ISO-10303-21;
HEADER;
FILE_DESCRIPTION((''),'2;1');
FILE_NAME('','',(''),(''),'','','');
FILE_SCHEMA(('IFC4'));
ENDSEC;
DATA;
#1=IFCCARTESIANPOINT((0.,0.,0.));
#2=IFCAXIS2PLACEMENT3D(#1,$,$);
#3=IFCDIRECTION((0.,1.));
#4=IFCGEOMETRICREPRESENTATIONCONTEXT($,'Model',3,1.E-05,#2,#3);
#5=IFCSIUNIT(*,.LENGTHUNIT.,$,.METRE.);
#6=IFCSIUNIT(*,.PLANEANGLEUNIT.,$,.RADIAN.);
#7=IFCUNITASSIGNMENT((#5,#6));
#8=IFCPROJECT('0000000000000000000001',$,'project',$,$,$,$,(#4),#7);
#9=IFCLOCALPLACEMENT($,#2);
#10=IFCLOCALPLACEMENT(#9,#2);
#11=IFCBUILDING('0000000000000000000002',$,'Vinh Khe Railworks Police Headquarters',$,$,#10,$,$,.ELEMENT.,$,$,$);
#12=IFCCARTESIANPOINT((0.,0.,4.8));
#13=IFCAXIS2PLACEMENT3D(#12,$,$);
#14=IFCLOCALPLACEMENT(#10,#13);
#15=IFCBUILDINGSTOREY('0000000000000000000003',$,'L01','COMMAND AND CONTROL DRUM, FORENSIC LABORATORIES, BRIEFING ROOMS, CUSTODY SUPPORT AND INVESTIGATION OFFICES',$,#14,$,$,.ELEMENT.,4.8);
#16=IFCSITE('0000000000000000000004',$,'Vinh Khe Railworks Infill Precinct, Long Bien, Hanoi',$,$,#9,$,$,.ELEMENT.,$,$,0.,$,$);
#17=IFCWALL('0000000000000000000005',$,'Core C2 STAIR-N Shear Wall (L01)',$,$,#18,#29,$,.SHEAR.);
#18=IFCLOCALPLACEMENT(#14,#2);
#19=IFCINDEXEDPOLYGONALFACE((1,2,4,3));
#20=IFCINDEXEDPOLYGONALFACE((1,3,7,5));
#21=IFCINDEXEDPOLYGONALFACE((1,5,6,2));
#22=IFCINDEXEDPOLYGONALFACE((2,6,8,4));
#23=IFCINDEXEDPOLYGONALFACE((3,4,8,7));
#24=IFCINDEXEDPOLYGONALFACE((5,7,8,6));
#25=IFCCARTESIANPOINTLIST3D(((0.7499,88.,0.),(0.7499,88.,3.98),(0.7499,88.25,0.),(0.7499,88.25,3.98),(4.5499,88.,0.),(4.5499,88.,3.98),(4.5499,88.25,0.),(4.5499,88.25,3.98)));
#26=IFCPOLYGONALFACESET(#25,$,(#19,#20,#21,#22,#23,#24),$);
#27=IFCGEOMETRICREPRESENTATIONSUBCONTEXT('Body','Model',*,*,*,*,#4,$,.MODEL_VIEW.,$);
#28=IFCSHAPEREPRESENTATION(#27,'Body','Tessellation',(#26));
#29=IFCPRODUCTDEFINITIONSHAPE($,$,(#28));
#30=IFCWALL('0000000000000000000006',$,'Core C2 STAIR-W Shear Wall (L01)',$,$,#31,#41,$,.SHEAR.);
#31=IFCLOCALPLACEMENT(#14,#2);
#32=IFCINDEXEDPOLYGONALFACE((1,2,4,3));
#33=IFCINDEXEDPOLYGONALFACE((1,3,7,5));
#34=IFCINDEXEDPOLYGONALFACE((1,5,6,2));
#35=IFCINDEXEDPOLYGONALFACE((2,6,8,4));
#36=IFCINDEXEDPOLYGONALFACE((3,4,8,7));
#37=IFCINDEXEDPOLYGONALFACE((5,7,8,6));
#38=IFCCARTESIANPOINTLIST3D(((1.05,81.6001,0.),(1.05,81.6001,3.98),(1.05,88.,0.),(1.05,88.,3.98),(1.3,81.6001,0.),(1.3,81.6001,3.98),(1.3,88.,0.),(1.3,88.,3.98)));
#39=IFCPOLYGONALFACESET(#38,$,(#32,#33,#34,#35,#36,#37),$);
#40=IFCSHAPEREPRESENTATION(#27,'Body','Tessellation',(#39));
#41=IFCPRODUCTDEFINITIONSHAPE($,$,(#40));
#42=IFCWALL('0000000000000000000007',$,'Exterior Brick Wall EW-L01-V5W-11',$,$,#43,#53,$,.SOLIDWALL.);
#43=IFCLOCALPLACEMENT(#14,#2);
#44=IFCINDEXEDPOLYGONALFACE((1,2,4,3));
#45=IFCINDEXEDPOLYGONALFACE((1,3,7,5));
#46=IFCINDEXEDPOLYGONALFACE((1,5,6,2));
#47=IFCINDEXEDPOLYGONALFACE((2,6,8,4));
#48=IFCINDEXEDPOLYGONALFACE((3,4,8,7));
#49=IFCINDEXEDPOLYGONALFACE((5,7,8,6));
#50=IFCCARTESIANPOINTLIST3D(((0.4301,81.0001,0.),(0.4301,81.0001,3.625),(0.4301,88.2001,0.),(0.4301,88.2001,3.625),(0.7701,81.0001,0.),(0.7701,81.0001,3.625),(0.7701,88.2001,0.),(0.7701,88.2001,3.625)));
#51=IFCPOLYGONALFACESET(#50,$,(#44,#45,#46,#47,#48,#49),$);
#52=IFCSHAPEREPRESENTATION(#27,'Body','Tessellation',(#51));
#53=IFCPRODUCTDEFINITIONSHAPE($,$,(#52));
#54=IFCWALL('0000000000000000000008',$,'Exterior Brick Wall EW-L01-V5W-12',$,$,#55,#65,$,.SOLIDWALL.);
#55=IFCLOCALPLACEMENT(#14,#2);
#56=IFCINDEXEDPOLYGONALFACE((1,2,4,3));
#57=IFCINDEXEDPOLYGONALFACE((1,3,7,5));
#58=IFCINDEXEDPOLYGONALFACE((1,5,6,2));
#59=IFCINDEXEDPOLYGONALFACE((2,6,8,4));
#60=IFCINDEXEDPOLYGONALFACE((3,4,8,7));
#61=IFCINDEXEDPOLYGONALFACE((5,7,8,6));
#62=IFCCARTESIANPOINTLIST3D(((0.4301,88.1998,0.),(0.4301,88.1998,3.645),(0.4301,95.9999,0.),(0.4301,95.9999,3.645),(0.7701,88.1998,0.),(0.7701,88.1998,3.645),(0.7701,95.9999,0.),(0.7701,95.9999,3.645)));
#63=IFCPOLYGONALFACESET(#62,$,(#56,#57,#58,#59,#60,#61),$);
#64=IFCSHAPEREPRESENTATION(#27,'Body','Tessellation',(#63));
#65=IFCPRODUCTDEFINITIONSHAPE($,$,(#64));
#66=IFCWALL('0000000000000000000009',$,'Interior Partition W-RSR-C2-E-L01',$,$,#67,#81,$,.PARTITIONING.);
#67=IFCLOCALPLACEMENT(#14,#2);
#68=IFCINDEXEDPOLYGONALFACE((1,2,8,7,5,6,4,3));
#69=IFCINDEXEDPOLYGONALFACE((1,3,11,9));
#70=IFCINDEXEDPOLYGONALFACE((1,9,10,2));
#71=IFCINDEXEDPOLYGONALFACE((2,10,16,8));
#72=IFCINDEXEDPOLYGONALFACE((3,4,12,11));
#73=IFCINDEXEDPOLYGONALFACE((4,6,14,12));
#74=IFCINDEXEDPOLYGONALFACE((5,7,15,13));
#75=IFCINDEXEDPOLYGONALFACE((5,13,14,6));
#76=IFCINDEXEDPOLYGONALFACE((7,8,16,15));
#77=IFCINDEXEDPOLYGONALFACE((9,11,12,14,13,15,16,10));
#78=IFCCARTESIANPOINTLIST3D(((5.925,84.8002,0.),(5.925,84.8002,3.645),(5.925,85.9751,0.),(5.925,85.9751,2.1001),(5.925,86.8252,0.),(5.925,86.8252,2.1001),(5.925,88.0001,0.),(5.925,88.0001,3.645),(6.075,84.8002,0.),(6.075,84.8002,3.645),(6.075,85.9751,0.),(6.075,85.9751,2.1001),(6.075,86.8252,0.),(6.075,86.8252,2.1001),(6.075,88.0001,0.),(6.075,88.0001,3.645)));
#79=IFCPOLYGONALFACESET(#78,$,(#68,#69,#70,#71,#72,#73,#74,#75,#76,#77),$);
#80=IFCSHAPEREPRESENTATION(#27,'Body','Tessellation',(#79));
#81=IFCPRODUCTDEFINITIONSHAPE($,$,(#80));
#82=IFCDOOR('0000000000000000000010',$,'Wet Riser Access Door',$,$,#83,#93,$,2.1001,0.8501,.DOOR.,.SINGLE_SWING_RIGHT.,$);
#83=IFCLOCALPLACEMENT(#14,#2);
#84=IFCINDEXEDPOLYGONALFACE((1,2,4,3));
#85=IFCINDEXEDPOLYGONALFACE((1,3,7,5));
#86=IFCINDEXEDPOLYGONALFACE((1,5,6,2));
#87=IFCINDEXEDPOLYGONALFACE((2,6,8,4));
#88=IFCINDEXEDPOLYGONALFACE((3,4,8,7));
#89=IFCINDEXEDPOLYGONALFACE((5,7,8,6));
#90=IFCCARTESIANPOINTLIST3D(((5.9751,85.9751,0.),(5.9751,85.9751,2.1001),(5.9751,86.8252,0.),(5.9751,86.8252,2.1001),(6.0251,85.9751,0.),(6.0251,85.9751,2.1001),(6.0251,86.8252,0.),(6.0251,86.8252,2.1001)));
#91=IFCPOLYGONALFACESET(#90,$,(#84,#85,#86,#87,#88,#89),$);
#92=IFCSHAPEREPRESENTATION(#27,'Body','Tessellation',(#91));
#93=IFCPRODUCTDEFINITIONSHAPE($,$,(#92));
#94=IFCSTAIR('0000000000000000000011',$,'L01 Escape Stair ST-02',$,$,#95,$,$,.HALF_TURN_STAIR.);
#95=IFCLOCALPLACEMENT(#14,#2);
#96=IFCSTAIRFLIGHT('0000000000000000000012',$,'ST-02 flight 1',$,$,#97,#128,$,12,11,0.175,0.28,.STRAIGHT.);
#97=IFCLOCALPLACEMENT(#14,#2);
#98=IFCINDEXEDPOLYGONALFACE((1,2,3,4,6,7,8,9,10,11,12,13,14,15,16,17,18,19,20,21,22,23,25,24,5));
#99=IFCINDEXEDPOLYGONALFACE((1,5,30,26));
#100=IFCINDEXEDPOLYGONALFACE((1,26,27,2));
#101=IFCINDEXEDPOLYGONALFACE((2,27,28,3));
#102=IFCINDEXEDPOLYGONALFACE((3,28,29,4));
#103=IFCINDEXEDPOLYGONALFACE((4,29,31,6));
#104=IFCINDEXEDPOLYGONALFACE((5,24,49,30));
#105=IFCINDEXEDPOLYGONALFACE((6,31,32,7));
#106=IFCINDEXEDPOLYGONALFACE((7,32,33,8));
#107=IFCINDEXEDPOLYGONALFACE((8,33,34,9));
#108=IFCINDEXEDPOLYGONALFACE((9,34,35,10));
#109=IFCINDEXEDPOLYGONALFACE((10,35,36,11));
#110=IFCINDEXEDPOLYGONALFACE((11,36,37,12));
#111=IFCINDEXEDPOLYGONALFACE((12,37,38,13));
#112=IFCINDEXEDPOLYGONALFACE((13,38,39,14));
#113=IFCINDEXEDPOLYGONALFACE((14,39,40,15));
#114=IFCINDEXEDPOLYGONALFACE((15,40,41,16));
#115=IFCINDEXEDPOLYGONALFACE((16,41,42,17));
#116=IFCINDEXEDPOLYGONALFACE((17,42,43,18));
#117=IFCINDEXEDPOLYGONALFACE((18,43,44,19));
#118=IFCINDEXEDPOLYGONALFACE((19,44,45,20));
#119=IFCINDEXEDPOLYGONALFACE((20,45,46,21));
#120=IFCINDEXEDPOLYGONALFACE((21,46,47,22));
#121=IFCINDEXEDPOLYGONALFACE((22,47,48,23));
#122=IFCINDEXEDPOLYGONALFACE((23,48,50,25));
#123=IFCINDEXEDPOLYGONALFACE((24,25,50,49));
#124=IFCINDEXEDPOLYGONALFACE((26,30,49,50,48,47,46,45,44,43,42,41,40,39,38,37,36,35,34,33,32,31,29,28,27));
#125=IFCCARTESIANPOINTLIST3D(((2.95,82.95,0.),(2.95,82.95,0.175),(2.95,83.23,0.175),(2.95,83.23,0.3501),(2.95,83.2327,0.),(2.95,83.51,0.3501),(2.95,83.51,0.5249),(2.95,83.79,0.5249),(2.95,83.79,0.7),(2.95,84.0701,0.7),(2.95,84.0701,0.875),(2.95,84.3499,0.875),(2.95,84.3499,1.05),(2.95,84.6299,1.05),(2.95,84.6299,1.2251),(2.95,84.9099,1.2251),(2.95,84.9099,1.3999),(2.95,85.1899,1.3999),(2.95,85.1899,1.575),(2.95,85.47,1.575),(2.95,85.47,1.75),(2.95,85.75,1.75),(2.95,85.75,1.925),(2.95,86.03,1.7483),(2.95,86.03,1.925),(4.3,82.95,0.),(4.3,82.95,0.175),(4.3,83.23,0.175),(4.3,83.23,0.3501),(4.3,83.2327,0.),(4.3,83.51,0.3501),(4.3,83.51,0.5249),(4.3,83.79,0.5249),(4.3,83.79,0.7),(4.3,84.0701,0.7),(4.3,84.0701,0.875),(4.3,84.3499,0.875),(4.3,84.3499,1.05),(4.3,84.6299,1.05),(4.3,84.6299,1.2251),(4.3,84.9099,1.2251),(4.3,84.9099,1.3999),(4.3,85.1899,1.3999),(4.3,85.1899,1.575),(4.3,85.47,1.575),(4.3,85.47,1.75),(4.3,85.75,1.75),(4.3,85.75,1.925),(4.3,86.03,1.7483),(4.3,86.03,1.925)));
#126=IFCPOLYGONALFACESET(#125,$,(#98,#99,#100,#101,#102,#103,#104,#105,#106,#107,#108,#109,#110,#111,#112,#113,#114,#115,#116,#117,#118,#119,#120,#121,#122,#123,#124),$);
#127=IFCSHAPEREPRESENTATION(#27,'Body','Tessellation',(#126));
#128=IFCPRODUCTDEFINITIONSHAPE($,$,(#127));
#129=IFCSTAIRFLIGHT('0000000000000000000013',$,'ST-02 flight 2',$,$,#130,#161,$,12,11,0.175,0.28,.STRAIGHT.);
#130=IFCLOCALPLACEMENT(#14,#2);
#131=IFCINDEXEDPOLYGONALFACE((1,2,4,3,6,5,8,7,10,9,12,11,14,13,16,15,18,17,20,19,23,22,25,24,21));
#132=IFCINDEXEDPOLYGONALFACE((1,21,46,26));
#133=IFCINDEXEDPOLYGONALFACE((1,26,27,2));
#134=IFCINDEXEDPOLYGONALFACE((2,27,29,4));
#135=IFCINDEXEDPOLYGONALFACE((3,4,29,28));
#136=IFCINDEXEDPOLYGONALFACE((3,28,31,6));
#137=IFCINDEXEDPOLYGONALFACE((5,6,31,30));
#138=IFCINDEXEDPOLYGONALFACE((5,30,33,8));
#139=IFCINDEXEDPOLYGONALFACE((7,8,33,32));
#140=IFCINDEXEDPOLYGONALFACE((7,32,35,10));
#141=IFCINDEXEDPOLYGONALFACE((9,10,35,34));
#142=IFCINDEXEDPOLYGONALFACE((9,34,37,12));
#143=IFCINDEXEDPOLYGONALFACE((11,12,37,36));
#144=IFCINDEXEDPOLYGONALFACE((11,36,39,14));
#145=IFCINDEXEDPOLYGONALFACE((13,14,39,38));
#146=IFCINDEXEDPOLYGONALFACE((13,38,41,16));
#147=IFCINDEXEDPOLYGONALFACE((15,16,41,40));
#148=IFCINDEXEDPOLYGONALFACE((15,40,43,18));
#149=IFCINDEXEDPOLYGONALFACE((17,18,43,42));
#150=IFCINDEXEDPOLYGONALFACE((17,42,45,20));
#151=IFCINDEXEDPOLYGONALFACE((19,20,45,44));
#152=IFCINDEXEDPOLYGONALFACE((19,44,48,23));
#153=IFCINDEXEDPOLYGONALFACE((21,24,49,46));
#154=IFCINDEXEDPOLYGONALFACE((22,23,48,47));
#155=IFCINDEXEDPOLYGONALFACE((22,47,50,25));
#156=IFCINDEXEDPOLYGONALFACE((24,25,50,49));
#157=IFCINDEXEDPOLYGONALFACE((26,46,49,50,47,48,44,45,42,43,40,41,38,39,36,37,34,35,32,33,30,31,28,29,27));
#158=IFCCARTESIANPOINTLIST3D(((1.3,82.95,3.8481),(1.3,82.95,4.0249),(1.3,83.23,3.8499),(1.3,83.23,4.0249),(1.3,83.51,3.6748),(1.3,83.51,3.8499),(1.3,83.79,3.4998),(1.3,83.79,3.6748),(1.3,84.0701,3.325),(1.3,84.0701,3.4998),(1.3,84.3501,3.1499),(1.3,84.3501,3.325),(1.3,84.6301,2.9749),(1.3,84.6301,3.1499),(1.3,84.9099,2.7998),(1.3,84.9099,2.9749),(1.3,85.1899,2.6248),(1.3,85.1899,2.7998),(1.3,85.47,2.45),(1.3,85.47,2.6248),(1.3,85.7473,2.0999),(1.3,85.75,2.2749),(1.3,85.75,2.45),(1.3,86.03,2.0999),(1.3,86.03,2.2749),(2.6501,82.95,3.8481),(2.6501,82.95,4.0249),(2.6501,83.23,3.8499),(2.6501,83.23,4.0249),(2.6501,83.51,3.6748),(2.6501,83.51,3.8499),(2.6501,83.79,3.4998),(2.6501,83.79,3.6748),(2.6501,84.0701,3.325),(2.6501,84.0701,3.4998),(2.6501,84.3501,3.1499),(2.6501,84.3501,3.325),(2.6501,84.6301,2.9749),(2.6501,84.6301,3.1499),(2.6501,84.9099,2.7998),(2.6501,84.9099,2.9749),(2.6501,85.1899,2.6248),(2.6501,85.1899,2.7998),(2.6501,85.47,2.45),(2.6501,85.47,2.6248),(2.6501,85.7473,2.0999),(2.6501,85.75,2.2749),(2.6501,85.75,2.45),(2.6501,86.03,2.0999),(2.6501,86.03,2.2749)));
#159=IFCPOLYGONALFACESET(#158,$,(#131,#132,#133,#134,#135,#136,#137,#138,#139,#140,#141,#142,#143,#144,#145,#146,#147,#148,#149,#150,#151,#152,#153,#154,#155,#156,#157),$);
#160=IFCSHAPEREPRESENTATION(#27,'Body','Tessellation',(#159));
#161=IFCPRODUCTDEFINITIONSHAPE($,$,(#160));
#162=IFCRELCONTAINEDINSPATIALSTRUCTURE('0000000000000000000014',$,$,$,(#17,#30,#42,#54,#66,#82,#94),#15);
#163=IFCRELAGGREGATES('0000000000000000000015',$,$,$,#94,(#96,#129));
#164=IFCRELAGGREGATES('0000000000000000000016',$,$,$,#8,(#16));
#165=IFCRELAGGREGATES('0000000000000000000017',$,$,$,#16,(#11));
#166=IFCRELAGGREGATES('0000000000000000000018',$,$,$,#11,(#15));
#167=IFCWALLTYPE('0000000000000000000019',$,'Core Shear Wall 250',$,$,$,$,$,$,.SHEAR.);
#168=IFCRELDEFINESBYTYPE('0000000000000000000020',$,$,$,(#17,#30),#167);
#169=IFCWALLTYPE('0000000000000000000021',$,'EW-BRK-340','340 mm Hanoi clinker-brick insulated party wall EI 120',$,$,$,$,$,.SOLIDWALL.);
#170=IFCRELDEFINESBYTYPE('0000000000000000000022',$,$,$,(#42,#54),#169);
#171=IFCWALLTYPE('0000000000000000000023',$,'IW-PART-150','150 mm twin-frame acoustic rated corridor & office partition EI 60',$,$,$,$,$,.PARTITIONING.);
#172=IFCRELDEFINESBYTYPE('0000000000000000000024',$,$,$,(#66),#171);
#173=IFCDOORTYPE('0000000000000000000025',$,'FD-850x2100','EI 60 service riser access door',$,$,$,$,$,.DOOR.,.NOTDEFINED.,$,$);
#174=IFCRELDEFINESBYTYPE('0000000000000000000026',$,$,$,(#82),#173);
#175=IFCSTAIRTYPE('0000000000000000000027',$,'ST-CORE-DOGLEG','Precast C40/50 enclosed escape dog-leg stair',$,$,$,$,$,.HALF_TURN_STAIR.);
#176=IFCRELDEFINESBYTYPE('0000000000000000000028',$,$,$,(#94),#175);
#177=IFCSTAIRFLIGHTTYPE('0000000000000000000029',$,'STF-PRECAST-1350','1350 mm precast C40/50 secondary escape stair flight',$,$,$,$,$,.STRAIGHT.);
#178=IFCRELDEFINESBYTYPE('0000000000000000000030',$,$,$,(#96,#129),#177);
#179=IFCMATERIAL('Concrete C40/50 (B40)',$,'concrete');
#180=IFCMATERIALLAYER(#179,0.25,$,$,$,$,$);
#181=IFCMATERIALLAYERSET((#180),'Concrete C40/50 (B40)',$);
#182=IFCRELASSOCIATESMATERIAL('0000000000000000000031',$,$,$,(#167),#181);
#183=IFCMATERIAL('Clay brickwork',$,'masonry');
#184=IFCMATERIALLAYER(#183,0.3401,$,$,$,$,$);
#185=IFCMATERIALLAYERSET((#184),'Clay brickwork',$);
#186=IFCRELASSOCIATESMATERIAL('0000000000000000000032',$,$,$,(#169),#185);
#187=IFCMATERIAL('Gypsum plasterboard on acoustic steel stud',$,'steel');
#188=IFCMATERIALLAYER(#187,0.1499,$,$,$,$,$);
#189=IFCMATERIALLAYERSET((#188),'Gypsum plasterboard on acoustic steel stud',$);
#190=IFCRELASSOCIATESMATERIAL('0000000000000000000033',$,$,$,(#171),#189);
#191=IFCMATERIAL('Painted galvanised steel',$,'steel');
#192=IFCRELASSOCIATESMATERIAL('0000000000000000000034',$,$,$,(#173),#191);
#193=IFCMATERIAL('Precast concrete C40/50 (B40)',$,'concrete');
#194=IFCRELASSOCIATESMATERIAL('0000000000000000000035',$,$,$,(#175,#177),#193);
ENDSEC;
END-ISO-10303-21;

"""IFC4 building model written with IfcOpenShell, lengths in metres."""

from ifc_helpers import new_model, si_unit, direction, frame, frame_2d, origin, place, context, subcontext, project, spatial, polyline, rectangle, outline, extrude, material, layer, layer_set, type_object, element, fill, aggregate, save


model = new_model("IFC4")

# Units and contexts
model_context = context("Model", 3, precision=1e-05, world=origin(), true_north=direction((0.0, 1.0)))
body_context = subcontext(model_context, "Body", "Model", "MODEL_VIEW")
ifc_project = project(units=[si_unit("LENGTHUNIT", "METRE"), si_unit("PLANEANGLEUNIT", "RADIAN")], contexts=[model_context])

# Site, building, storey
site_placement = place(None, origin())
site = spatial("IfcSite", under=ifc_project, at=site_placement, Name="Vinh Khe Railworks Infill Precinct, Long Bien, Hanoi", CompositionType="ELEMENT", RefElevation=0.0)
building_placement = place(site_placement, origin())
building = spatial("IfcBuilding", under=site, at=building_placement, Name="Vinh Khe Railworks Police Headquarters", CompositionType="ELEMENT")
storey_placement = place(building_placement, frame((0.0, 0.0, 4.8)))
storey = spatial("IfcBuildingStorey", under=building, at=storey_placement, Name="L01", Description="COMMAND AND CONTROL DRUM, FORENSIC LABORATORIES, BRIEFING ROOMS, CUSTODY SUPPORT AND INVESTIGATION OFFICES", CompositionType="ELEMENT", Elevation=4.8)

# Shared definitions
ifc_material_1 = material(Name="Concrete C40/50 (B40)", Category="concrete")

# Walls
ifc_layer_1 = layer(ifc_material_1, 0.25)
ifc_layer_set_1 = layer_set([ifc_layer_1], Name="Concrete C40/50 (B40)")
wall_type_1 = type_object("IfcWallType", Name="Core Shear Wall 250", PredefinedType="SHEAR", material=ifc_layer_set_1)
for number, where, z_axis, x_axis, name in (
    (1, (0.75, 88.125, 0.0), (0.0, 0.0, 1.0), (1.0, 0.0, 0.0), "Core C2 STAIR-N Shear Wall (L01)"),
):
    element("IfcWall", number, at=place(storey_placement, frame(where, z_axis=z_axis, x_axis=x_axis)), inside=storey, type_object=wall_type_1, Name=name, PredefinedType="SHEAR", context=body_context, shape_type="SweptSolid", body=[
        extrude(rectangle(XDim=3.8, YDim=0.25, at=frame_2d((1.8999, 0.0))), origin(), (0.0, 0.0, 1.0), 3.98),
    ])
wall_1_placement = place(storey_placement, frame((1.175, 81.6001, 0.0), z_axis=(0.0, 0.0, 1.0), x_axis=(0.0, 1.0, 0.0)))
element("IfcWall", 2, at=wall_1_placement, inside=storey, type_object=wall_type_1, Name="Core C2 STAIR-W Shear Wall (L01)", PredefinedType="SHEAR", context=body_context, shape_type="SweptSolid", body=[
    extrude(rectangle(XDim=6.3999, YDim=0.25, at=frame_2d((3.2, 0.0))), origin(), (0.0, 0.0, 1.0), 3.98),
])

# Shared definitions
ifc_material_2 = material(Name="Painted galvanised steel", Category="steel")

# Walls
ifc_material_3 = material(Name="Clay brickwork", Category="masonry")
ifc_layer_2 = layer(ifc_material_3, 0.3401)
ifc_layer_set_2 = layer_set([ifc_layer_2], Name="Clay brickwork")
wall_type_2 = type_object("IfcWallType", Name="EW-BRK-340", Description="340 mm Hanoi clinker-brick insulated party wall EI 120", PredefinedType="SOLIDWALL", material=ifc_layer_set_2)
wall_2_placement = place(storey_placement, frame((0.6001, 81.0, 0.0), z_axis=(0.0, 0.0, 1.0), x_axis=(0.0, 1.0, 0.0)))
element("IfcWall", 3, at=wall_2_placement, inside=storey, type_object=wall_type_2, Name="Exterior Brick Wall EW-L01-V5W-11", PredefinedType="SOLIDWALL", context=body_context, shape_type="SweptSolid", body=[
    extrude(rectangle(XDim=7.2, YDim=0.3401, at=frame_2d((3.6001, 0.0))), origin(), (0.0, 0.0, 1.0), 3.625),
])
wall_3_placement = place(storey_placement, frame((0.6001, 88.2, 0.0), z_axis=(0.0, 0.0, 1.0), x_axis=(0.0, 1.0, 0.0)))
element("IfcWall", 4, at=wall_3_placement, inside=storey, type_object=wall_type_2, Name="Exterior Brick Wall EW-L01-V5W-12", PredefinedType="SOLIDWALL", context=body_context, shape_type="SweptSolid", body=[
    extrude(rectangle(XDim=7.8, YDim=0.3401, at=frame_2d((3.8999, 0.0))), origin(), (0.0, 0.0, 1.0), 3.645),
])

# Wall, opening, door
ifc_material_4 = material(Name="Gypsum plasterboard on acoustic steel stud", Category="steel")
ifc_layer_3 = layer(ifc_material_4, 0.1499)
ifc_layer_set_3 = layer_set([ifc_layer_3], Name="Gypsum plasterboard on acoustic steel stud")
wall_type_3 = type_object("IfcWallType", Name="IW-PART-150", Description="150 mm twin-frame acoustic rated corridor & office partition EI 60", PredefinedType="PARTITIONING", material=ifc_layer_set_3)
wall_4_placement = place(storey_placement, frame((6.0, 84.8, 0.0), z_axis=(0.0, 0.0, 1.0), x_axis=(0.0, 1.0, 0.0)))
wall_4 = element("IfcWall", 5, at=wall_4_placement, inside=storey, type_object=wall_type_3, Name="Interior Partition W-RSR-C2-E-L01", PredefinedType="PARTITIONING", context=body_context, shape_type="SweptSolid", body=[
    extrude(rectangle(XDim=3.2, YDim=0.1499, at=frame_2d((1.6001, 0.0))), origin(), (0.0, 0.0, 1.0), 3.645),
])
opening_1_placement = place(wall_4_placement, frame((1.175, 0.0, 0.0)))
opening_1 = element("IfcOpeningElement", 6, at=opening_1_placement, cuts=wall_4, PredefinedType="OPENING", context=body_context, shape_type="SweptSolid", body=[
    extrude(rectangle(XDim=0.8501, YDim=2.1001, at=frame_2d((0.425, 1.05))), frame((0.0, 0.0898, 0.0), z_axis=(0.0, -1.0, 0.0), x_axis=(1.0, 0.0, 0.0)), (0.0, 0.0, 1.0), 0.1797),
])
door_type_1 = type_object("IfcDoorType", Name="FD-850x2100", Description="EI 60 service riser access door", OperationType="NOTDEFINED", PredefinedType="DOOR", material=ifc_material_2)
door_1_placement = place(opening_1_placement, origin())
door_1 = element("IfcDoor", 7, at=door_1_placement, inside=storey, type_object=door_type_1, Name="Wet Riser Access Door", OperationType="SINGLE_SWING_RIGHT", OverallHeight=2.1001, OverallWidth=0.8501, PredefinedType="DOOR", context=body_context, shape_type="SweptSolid", body=[
    extrude(rectangle(XDim=0.8501, YDim=2.1001, at=frame_2d((0.425, 1.05))), frame((0.0, 0.0249, 0.0), z_axis=(0.0, -1.0, 0.0), x_axis=(1.0, 0.0, 0.0)), (0.0, 0.0, 1.0), 0.05),
])
fill(opening_1, door_1)

# Stair, stair flights
ifc_material_5 = material(Name="Precast concrete C40/50 (B40)", Category="concrete")
stair_type = type_object("IfcStairType", Name="ST-CORE-DOGLEG", Description="Precast C40/50 enclosed escape dog-leg stair", PredefinedType="HALF_TURN_STAIR", material=ifc_material_5)
stair_placement = place(storey_placement, origin())
stair = element("IfcStair", 8, at=stair_placement, inside=storey, type_object=stair_type, Name="L01 Escape Stair ST-02", PredefinedType="HALF_TURN_STAIR")
stair_flight_type = type_object("IfcStairFlightType", Name="STF-PRECAST-1350", Description="1350 mm precast C40/50 secondary escape stair flight", PredefinedType="STRAIGHT", material=ifc_material_5)
stair_flight_1_placement = place(storey_placement, frame((3.625, 82.95, 0.0), z_axis=(0.0, 0.0, 1.0), x_axis=(0.0, 1.0, 0.0)))
stair_flight_1 = element("IfcStairFlight", 9, at=stair_flight_1_placement, type_object=stair_flight_type, Name="ST-02 flight 1", NumberOfRisers=12, NumberOfTreads=11, PredefinedType="STRAIGHT", RiserHeight=0.175, TreadLength=0.28, context=body_context, shape_type="SweptSolid", body=[
    extrude(outline(polyline([(0.0, 0.0), (0.0, 0.175), (0.28, 0.175), (0.28, 0.3501), (0.5601, 0.3501), (0.5601, 0.5249), (0.8401, 0.5249), (0.8401, 0.7), (1.1201, 0.7), (1.1201, 0.875), (1.3999, 0.875), (1.3999, 1.05), (1.6799, 1.05), (1.6799, 1.2251), (1.96, 1.2251), (1.96, 1.3999), (2.24, 1.3999), (2.24, 1.575), (2.52, 1.575), (2.52, 1.75), (2.8, 1.75), (2.8, 1.925), (3.0801, 1.925), (3.0801, 2.1001), (3.0801, 1.7483), (0.2827, 0.0), (0.0, 0.0)])), frame((0.0, 0.675, 0.0), z_axis=(0.0, -1.0, 0.0), x_axis=(1.0, 0.0, 0.0)), (0.0, 0.0, 1.0), 1.3501),
])
stair_flight_2_placement = place(storey_placement, frame((1.9751, 86.03, 2.0999), z_axis=(0.0, 0.0, 1.0), x_axis=(0.0, -1.0, 0.0)))
stair_flight_2 = element("IfcStairFlight", 10, at=stair_flight_2_placement, type_object=stair_flight_type, Name="ST-02 flight 2", NumberOfRisers=12, NumberOfTreads=11, PredefinedType="STRAIGHT", RiserHeight=0.175, TreadLength=0.28, context=body_context, shape_type="SweptSolid", body=[
    extrude(outline(polyline([(0.0, 0.0), (0.0, 0.175), (0.28, 0.175), (0.28, 0.3501), (0.5601, 0.3501), (0.5601, 0.5249), (0.8401, 0.5249), (0.8401, 0.7), (1.1201, 0.7), (1.1201, 0.875), (1.3999, 0.875), (1.3999, 1.05), (1.6799, 1.05), (1.6799, 1.2251), (1.96, 1.2251), (1.96, 1.3999), (2.24, 1.3999), (2.24, 1.575), (2.52, 1.575), (2.52, 1.75), (2.8, 1.75), (2.8, 1.925), (3.0801, 1.925), (3.0801, 2.1001), (3.0801, 1.7483), (0.2827, 0.0), (0.0, 0.0)])), frame((0.0, 0.675, 0.0), z_axis=(0.0, -1.0, 0.0), x_axis=(1.0, 0.0, 0.0)), (0.0, 0.0, 1.0), 1.3501),
])
aggregate(stair, [stair_flight_1, stair_flight_2])

save(model, "model.ifc")
